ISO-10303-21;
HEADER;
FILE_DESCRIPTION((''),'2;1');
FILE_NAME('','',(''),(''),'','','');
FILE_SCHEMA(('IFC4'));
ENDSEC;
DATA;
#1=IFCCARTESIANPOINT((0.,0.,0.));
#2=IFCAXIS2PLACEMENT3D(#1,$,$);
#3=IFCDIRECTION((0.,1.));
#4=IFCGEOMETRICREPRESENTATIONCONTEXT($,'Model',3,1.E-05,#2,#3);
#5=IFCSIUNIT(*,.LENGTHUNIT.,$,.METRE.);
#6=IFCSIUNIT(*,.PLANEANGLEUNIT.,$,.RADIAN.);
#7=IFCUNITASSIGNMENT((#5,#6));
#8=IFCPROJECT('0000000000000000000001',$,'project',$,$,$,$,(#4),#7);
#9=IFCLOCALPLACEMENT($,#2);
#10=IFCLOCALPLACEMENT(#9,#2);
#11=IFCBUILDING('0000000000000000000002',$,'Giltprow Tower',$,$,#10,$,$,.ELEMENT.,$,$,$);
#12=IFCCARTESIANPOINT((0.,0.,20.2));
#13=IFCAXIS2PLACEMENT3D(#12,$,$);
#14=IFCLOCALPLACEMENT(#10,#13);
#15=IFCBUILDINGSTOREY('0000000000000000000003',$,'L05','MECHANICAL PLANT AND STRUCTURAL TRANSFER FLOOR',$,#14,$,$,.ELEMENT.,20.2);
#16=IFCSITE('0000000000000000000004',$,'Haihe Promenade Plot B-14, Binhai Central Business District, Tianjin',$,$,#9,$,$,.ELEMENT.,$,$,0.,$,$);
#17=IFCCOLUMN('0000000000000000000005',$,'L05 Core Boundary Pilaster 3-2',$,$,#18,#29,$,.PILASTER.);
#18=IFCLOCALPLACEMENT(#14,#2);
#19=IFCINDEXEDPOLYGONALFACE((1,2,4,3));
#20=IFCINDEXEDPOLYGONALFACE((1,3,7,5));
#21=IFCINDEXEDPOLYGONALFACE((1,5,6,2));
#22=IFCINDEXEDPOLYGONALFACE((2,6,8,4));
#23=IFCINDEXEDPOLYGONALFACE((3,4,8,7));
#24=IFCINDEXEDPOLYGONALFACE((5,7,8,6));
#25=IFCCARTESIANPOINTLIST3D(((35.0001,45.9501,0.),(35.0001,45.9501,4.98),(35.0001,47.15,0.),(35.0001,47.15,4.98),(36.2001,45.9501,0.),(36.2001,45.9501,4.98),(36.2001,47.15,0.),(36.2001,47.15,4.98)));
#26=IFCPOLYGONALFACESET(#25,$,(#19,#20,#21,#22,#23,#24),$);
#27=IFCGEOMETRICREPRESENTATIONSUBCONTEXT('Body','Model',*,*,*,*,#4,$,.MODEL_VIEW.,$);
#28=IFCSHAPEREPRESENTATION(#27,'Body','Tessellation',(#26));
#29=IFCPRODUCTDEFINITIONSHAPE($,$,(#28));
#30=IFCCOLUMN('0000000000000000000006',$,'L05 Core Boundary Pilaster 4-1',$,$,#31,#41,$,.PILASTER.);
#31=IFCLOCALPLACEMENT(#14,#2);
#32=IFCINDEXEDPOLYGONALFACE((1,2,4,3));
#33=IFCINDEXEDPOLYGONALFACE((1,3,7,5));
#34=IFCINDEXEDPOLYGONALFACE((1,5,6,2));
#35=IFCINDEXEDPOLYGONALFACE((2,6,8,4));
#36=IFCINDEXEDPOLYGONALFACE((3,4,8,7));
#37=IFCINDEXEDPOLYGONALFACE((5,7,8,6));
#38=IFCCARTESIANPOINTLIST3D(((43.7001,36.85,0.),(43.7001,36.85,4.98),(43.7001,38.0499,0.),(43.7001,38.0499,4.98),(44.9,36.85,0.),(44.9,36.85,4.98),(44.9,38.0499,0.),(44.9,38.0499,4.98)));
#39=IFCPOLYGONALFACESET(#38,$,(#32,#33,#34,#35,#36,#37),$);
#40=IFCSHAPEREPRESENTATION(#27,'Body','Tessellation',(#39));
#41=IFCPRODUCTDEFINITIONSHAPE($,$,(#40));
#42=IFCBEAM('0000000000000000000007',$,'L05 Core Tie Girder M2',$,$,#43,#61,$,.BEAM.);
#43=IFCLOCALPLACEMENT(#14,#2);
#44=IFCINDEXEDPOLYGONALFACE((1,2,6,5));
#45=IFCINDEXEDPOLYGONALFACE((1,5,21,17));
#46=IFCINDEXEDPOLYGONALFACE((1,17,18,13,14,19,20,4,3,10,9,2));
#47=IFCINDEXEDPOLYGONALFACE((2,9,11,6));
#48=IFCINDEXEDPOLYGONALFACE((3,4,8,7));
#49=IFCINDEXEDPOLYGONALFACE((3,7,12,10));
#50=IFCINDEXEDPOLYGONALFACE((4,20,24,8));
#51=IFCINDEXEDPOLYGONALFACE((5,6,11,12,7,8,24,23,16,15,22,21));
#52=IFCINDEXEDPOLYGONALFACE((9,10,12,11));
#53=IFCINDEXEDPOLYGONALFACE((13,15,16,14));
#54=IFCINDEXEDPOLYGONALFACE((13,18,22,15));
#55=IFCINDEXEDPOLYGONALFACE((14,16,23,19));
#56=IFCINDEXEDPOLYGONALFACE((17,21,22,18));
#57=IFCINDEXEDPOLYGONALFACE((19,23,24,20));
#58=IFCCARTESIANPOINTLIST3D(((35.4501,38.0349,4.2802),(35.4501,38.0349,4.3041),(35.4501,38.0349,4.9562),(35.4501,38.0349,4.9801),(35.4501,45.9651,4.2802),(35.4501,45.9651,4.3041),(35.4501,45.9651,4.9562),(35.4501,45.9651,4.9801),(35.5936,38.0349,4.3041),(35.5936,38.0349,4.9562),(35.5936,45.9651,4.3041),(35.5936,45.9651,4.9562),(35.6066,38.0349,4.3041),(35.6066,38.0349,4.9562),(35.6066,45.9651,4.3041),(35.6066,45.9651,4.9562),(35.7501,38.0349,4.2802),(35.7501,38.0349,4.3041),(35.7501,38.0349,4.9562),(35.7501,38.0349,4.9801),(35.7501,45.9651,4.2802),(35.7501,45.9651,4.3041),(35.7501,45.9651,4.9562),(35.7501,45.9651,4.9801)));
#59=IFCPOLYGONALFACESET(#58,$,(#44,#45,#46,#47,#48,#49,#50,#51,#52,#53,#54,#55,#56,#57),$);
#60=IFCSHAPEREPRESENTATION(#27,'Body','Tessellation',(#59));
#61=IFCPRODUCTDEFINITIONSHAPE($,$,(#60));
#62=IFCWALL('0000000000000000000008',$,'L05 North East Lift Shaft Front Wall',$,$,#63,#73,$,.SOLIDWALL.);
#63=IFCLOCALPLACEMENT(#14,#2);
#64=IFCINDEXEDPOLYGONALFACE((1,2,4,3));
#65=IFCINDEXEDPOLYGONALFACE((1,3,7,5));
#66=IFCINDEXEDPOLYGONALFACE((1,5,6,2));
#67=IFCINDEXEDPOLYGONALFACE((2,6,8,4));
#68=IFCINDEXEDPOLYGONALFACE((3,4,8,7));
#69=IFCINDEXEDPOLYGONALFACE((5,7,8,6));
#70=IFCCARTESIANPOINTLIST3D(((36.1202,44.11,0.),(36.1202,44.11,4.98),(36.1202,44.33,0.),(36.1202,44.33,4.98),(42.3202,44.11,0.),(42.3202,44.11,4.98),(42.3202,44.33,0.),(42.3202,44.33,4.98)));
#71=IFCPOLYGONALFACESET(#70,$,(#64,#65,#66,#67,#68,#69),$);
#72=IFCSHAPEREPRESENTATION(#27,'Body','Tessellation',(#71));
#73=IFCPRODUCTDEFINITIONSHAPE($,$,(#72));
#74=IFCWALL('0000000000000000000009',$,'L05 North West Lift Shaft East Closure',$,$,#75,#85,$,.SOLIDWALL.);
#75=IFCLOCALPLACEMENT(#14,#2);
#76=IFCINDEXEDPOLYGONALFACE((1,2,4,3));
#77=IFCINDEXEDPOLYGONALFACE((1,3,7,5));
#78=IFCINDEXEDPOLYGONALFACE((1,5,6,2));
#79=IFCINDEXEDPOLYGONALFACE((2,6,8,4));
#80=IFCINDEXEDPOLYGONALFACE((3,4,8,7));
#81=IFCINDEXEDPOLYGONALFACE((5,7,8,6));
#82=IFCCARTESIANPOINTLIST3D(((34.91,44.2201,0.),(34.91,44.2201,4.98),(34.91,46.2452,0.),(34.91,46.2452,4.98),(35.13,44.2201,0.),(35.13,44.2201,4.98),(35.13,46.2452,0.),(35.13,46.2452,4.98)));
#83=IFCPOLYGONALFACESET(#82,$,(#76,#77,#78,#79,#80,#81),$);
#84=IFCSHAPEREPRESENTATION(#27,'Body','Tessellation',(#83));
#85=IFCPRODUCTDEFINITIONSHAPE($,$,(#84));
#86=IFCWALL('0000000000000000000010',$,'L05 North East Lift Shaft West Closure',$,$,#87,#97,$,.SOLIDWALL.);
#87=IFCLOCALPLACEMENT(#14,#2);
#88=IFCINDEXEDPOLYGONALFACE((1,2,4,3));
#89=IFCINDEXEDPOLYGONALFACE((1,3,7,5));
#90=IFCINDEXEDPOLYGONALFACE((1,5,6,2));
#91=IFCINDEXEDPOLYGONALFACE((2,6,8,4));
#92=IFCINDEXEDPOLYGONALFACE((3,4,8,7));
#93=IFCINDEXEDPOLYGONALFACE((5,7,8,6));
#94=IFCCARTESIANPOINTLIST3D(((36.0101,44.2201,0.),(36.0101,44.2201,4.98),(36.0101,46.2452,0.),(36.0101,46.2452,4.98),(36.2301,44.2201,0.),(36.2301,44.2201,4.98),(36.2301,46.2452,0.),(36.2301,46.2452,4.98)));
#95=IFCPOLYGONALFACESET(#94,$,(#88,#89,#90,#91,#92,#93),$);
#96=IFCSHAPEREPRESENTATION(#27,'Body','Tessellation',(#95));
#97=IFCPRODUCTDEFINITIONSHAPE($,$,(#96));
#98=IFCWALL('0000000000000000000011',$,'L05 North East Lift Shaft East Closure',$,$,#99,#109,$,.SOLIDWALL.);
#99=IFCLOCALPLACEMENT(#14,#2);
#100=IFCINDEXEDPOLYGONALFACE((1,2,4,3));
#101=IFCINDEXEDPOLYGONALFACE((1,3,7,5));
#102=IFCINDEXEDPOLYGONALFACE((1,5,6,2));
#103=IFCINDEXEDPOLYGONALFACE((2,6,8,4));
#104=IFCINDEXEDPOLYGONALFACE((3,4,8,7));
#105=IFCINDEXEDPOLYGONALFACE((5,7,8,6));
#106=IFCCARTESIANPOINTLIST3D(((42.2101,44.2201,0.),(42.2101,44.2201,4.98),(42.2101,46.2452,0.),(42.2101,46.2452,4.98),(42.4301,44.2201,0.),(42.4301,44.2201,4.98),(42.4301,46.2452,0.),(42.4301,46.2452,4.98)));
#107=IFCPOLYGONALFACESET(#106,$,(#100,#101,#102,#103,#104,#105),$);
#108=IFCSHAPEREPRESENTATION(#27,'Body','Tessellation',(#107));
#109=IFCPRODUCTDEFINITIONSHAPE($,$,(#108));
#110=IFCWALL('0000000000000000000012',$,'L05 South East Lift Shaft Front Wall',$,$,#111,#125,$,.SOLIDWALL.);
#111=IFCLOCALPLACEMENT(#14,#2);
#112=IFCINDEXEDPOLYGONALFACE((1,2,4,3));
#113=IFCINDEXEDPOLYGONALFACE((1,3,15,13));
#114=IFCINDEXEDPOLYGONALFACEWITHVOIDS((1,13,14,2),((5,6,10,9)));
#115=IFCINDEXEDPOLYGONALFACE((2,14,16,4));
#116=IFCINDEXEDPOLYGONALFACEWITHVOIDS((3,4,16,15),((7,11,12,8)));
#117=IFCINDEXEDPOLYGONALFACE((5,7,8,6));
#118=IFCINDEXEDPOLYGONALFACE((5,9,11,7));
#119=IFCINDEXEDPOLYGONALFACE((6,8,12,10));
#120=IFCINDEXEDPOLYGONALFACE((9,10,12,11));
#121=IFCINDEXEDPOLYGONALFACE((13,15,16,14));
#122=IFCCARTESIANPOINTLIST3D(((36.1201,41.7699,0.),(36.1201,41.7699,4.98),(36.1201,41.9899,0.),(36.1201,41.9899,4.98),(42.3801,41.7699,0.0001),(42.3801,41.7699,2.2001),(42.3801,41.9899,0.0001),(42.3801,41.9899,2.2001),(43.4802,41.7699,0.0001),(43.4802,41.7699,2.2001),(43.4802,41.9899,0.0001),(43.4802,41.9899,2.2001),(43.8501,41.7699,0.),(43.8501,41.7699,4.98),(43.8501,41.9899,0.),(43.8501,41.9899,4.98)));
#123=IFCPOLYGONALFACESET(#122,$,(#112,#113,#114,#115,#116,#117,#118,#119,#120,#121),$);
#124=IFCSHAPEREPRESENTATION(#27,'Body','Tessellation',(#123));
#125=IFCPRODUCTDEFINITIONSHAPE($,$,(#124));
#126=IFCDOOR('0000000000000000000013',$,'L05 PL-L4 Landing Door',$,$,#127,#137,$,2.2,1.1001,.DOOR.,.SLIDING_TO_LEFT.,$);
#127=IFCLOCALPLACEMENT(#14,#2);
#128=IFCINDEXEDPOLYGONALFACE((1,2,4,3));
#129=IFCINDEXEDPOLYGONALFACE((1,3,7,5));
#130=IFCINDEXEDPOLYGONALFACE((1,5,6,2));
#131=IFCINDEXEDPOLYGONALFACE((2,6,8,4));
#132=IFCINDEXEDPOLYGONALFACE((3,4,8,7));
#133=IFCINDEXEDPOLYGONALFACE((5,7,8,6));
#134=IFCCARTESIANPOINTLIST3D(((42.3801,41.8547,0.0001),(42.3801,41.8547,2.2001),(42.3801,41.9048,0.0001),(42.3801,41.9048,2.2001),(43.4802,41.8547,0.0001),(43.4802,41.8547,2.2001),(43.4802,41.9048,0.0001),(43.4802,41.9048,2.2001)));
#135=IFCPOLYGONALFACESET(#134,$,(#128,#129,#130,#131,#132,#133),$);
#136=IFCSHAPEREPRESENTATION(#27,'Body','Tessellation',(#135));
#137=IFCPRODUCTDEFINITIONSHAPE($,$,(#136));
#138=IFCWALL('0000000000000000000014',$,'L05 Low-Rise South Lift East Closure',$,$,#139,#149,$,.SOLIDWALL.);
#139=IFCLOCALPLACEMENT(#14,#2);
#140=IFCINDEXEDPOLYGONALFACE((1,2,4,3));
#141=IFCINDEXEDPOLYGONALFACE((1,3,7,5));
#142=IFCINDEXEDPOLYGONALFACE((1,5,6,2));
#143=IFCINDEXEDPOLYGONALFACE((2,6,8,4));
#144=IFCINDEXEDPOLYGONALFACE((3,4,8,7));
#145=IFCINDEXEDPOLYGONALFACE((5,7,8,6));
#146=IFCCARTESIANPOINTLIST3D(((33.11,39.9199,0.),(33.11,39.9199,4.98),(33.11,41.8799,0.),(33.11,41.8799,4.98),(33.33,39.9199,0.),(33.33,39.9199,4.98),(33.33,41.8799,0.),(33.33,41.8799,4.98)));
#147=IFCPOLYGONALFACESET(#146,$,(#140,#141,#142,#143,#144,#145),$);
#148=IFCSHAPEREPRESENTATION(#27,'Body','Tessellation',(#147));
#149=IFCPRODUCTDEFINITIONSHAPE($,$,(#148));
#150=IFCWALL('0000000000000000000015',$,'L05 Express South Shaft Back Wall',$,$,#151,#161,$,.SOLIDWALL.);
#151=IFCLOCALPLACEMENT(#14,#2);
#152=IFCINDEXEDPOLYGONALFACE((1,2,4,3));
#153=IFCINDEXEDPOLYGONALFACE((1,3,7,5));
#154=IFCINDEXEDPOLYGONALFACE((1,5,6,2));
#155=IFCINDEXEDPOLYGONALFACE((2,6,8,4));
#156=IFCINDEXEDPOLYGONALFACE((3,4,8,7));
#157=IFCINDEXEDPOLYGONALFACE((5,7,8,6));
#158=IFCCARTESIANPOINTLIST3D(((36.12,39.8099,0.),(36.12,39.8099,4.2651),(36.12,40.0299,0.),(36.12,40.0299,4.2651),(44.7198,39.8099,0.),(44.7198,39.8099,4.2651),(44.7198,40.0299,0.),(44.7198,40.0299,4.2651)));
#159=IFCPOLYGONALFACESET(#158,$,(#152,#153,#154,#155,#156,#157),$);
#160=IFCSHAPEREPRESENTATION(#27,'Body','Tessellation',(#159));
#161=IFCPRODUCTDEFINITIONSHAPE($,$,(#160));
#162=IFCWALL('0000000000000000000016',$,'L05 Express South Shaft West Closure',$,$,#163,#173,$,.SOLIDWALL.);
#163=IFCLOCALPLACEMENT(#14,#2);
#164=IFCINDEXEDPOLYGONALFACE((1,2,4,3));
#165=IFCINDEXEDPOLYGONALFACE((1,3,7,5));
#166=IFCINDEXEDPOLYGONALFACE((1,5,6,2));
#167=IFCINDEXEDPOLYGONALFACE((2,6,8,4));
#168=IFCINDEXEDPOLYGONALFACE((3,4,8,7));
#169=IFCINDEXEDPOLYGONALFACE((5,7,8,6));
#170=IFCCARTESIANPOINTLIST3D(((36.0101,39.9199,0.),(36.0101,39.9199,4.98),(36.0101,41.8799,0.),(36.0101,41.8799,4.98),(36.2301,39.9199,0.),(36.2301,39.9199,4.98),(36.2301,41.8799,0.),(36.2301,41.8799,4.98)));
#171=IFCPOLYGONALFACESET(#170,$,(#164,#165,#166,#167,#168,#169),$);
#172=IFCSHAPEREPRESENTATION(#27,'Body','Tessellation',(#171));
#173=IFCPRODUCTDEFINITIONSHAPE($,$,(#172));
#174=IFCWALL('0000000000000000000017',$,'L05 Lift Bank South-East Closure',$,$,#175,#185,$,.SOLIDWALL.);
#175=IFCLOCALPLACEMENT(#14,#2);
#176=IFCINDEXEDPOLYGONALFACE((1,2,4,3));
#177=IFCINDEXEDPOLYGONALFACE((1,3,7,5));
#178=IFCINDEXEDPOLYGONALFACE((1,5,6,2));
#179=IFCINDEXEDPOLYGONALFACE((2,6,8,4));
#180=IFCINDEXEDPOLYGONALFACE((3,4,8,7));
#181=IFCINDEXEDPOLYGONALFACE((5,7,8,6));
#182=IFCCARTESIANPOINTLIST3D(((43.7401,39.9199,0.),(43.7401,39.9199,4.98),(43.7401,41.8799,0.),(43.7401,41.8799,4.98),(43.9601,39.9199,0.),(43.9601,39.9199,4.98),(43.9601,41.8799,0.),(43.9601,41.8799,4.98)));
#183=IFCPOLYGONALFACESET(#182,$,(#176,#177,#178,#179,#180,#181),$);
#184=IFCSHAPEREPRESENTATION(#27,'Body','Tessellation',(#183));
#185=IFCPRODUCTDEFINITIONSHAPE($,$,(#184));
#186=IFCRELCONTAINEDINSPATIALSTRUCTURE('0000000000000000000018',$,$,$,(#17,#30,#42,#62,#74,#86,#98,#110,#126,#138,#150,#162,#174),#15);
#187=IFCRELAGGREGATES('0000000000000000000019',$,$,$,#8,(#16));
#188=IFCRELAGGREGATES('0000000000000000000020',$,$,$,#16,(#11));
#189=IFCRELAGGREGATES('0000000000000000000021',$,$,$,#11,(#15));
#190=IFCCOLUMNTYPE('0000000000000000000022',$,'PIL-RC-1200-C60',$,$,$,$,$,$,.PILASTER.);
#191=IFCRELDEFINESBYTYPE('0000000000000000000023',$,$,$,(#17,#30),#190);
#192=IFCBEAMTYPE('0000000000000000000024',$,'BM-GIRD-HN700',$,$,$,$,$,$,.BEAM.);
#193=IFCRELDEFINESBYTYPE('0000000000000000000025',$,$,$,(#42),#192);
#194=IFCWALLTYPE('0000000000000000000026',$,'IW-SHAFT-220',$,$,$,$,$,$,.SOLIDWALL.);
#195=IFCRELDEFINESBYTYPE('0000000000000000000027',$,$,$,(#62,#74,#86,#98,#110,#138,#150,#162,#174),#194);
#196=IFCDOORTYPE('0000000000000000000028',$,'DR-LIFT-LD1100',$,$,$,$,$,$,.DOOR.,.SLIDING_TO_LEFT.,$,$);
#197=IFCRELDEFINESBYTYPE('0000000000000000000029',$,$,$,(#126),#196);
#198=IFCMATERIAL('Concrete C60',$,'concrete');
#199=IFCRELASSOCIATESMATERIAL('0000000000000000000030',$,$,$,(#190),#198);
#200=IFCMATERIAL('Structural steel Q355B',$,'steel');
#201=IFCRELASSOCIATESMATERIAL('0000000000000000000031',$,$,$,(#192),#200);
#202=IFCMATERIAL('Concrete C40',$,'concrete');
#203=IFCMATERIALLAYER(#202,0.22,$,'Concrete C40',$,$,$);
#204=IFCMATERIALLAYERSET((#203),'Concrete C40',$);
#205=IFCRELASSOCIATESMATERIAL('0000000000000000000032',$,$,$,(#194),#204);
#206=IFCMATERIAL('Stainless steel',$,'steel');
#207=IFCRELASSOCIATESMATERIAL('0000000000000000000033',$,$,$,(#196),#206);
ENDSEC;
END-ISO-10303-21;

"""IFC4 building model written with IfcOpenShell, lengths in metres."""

from ifc_helpers import new_model, si_unit, direction, frame, frame_2d, origin, origin_2d, place, context, subcontext, project, spatial, rectangle, i_section, extrude, source, transform, mapped, material, layer, layer_set, material_profile, profile_set, type_object, element, fill, save


model = new_model("IFC4")

# Units and contexts
model_context = context("Model", 3, precision=1e-05, world=origin(), true_north=direction((0.0, 1.0)))
body_context = subcontext(model_context, "Body", "Model", "MODEL_VIEW")
ifc_project = project(units=[si_unit("LENGTHUNIT", "METRE"), si_unit("PLANEANGLEUNIT", "RADIAN")], contexts=[model_context])

# Site, building, storey
site_placement = place(None, origin())
site = spatial("IfcSite", under=ifc_project, at=site_placement, Name="Haihe Promenade Plot B-14, Binhai Central Business District, Tianjin", CompositionType="ELEMENT", RefElevation=0.0)
building_placement = place(site_placement, origin())
building = spatial("IfcBuilding", under=site, at=building_placement, Name="Giltprow Tower", CompositionType="ELEMENT")
storey_placement = place(building_placement, frame((0.0, 0.0, 20.2)))
storey = spatial("IfcBuildingStorey", under=building, at=storey_placement, Name="L05", Description="MECHANICAL PLANT AND STRUCTURAL TRANSFER FLOOR", CompositionType="ELEMENT", Elevation=20.2)

# Columns
ifc_material_1 = material(Name="Concrete C60", Category="concrete")
ifc_material_profile_1 = material_profile(ifc_material_1, rectangle(XDim=1.2, YDim=1.2, at=origin_2d()), Name="RC 1200x1200")
ifc_profile_set_1 = profile_set([ifc_material_profile_1], Name="Concrete C60")
column_type = type_object("IfcColumnType", Name="PIL-RC-1200-C60", PredefinedType="PILASTER", material=ifc_profile_set_1)
shared_shape_1 = source(origin(), body_context, "Body", "SweptSolid", [
    extrude(rectangle(XDim=1.2, YDim=1.2, at=origin_2d()), origin(), (0.0, 0.0, 1.0), 4.98),
])
for number, where, z_axis, x_axis, name in (
    (1, (35.6001, 46.55, 0.0), (0.0, 0.0, 1.0), (1.0, 0.0, 0.0), "L05 Core Boundary Pilaster 3-2"),
    (2, (44.3, 37.45, 0.0), (0.0, 0.0, 1.0), (1.0, 0.0, 0.0), "L05 Core Boundary Pilaster 4-1"),
):
    element("IfcColumn", number, at=place(storey_placement, frame(where, z_axis=z_axis, x_axis=x_axis)), inside=storey, type_object=column_type, Name=name, PredefinedType="PILASTER", context=body_context, shape_type="MappedRepresentation", body=[
        mapped(shared_shape_1, transform((0.0, 0.0, 0.0), x_axis=(1.0, 0.0, 0.0), y_axis=(0.0, 1.0, 0.0), z_axis=(0.0, 0.0, 1.0), scale=1.0)),
    ])

# Beam
ifc_material_2 = material(Name="Structural steel Q355B", Category="steel")
ifc_material_profile_2 = material_profile(ifc_material_2, i_section(OverallWidth=0.3, OverallDepth=0.7, WebThickness=0.0129, FlangeThickness=0.0239, at=origin_2d()), Name="HN 700x300x13x24")
ifc_profile_set_2 = profile_set([ifc_material_profile_2], Name="Structural steel Q355B")
beam_type = type_object("IfcBeamType", Name="BM-GIRD-HN700", PredefinedType="BEAM", material=ifc_profile_set_2)
shared_shape_2 = source(origin(), body_context, "Body", "SweptSolid", [
    extrude(i_section(OverallWidth=0.3, OverallDepth=0.7, WebThickness=0.0129, FlangeThickness=0.0239, at=origin_2d()), origin(), (0.0, 0.0, 1.0), 7.9302),
])
beam_placement = place(storey_placement, frame((35.6001, 38.0349, 4.6301), z_axis=(0.0, 1.0, 0.0), x_axis=(-1.0, 0.0, 0.0)))
element("IfcBeam", 3, at=beam_placement, inside=storey, type_object=beam_type, Name="L05 Core Tie Girder M2", PredefinedType="BEAM", context=body_context, shape_type="MappedRepresentation", body=[
    mapped(shared_shape_2, transform((0.0, 0.0, 0.0), x_axis=(1.0, 0.0, 0.0), y_axis=(0.0, 1.0, 0.0), z_axis=(0.0, 0.0, 1.0), scale=1.0)),
])

# Walls
ifc_material_3 = material(Name="Concrete C40", Category="concrete")
ifc_layer_1 = layer(ifc_material_3, 0.22, Name="Concrete C40")
ifc_layer_set_1 = layer_set([ifc_layer_1], Name="Concrete C40")
wall_type_1 = type_object("IfcWallType", Name="IW-SHAFT-220", PredefinedType="SOLIDWALL", material=ifc_layer_set_1)
wall_1_placement = place(storey_placement, frame((36.1201, 44.22, 0.0), z_axis=(0.0, 0.0, 1.0), x_axis=(1.0, 0.0, 0.0)))
element("IfcWall", 4, at=wall_1_placement, inside=storey, type_object=wall_type_1, Name="L05 North East Lift Shaft Front Wall", PredefinedType="SOLIDWALL", context=body_context, shape_type="SweptSolid", body=[
    extrude(rectangle(XDim=6.2, YDim=0.22, at=frame_2d((3.1001, 0.0))), origin(), (0.0, 0.0, 1.0), 4.98),
])
for number, where, z_axis, x_axis, name in (
    (5, (35.02, 44.22, 0.0), (0.0, 0.0, 1.0), (0.0, 1.0, 0.0), "L05 North West Lift Shaft East Closure"),
    (6, (36.1201, 44.22, 0.0), (0.0, 0.0, 1.0), (0.0, 1.0, 0.0), "L05 North East Lift Shaft West Closure"),
    (7, (42.3201, 44.22, 0.0), (0.0, 0.0, 1.0), (0.0, 1.0, 0.0), "L05 North East Lift Shaft East Closure"),
):
    element("IfcWall", number, at=place(storey_placement, frame(where, z_axis=z_axis, x_axis=x_axis)), inside=storey, type_object=wall_type_1, Name=name, PredefinedType="SOLIDWALL", context=body_context, shape_type="SweptSolid", body=[
        extrude(rectangle(XDim=2.0251, YDim=0.22, at=frame_2d((1.0127, 0.0))), origin(), (0.0, 0.0, 1.0), 4.98),
    ])

# Wall, opening, door
wall_2_placement = place(storey_placement, frame((36.1201, 41.8799, 0.0), z_axis=(0.0, 0.0, 1.0), x_axis=(1.0, 0.0, 0.0)))
wall_2 = element("IfcWall", 8, at=wall_2_placement, inside=storey, type_object=wall_type_1, Name="L05 South East Lift Shaft Front Wall", PredefinedType="SOLIDWALL", context=body_context, shape_type="SweptSolid", body=[
    extrude(rectangle(XDim=7.73, YDim=0.22, at=frame_2d((3.865, 0.0))), origin(), (0.0, 0.0, 1.0), 4.98),
])
opening_1_placement = place(wall_2_placement, frame((6.26, 0.0, 0.0)))
opening_1 = element("IfcOpeningElement", 9, at=opening_1_placement, cuts=wall_2, PredefinedType="OPENING", context=body_context, shape_type="SweptSolid", body=[
    extrude(rectangle(XDim=1.1001, YDim=2.2, at=frame_2d((0.55, 1.1001))), frame((0.0, 0.1199, 0.0), z_axis=(0.0, -1.0, 0.0), x_axis=(1.0, 0.0, 0.0)), (0.0, 0.0, 1.0), 0.24),
])
ifc_material_4 = material(Name="Stainless steel", Category="steel")
door_type_1 = type_object("IfcDoorType", Name="DR-LIFT-LD1100", OperationType="SLIDING_TO_LEFT", PredefinedType="DOOR", material=ifc_material_4)
shared_shape_3 = source(origin(), body_context, "Body", "SweptSolid", [
    extrude(rectangle(XDim=1.1001, YDim=2.2, at=frame_2d((0.55, 1.1001))), frame((0.0, 0.0249, 0.0), z_axis=(0.0, -1.0, 0.0), x_axis=(1.0, 0.0, 0.0)), (0.0, 0.0, 1.0), 0.05),
])
door_1_placement = place(opening_1_placement, origin())
door_1 = element("IfcDoor", 10, at=door_1_placement, inside=storey, type_object=door_type_1, Name="L05 PL-L4 Landing Door", OperationType="SLIDING_TO_LEFT", OverallHeight=2.2, OverallWidth=1.1001, PredefinedType="DOOR", context=body_context, shape_type="MappedRepresentation", body=[
    mapped(shared_shape_3, transform((0.0, 0.0, 0.0), x_axis=(1.0, 0.0, 0.0), y_axis=(0.0, 1.0, 0.0), z_axis=(0.0, 0.0, 1.0), scale=1.0)),
])
fill(opening_1, door_1)

# Walls
wall_3_placement = place(storey_placement, frame((33.22, 39.9199, 0.0), z_axis=(0.0, 0.0, 1.0), x_axis=(0.0, 1.0, 0.0)))
element("IfcWall", 11, at=wall_3_placement, inside=storey, type_object=wall_type_1, Name="L05 Low-Rise South Lift East Closure", PredefinedType="SOLIDWALL", context=body_context, shape_type="SweptSolid", body=[
    extrude(rectangle(XDim=1.96, YDim=0.22, at=frame_2d((0.98, 0.0))), origin(), (0.0, 0.0, 1.0), 4.98),
])
wall_4_placement = place(storey_placement, frame((36.1201, 39.9199, 0.0), z_axis=(0.0, 0.0, 1.0), x_axis=(1.0, 0.0, 0.0)))
element("IfcWall", 12, at=wall_4_placement, inside=storey, type_object=wall_type_1, Name="L05 Express South Shaft Back Wall", PredefinedType="SOLIDWALL", context=body_context, shape_type="SweptSolid", body=[
    extrude(rectangle(XDim=8.5999, YDim=0.22, at=frame_2d((4.2998, 0.0))), origin(), (0.0, 0.0, 1.0), 4.2651),
])
for number, where, z_axis, x_axis, name in (
    (13, (36.1201, 39.9199, 0.0), (0.0, 0.0, 1.0), (0.0, 1.0, 0.0), "L05 Express South Shaft West Closure"),
    (14, (43.8501, 39.9199, 0.0), (0.0, 0.0, 1.0), (0.0, 1.0, 0.0), "L05 Lift Bank South-East Closure"),
):
    element("IfcWall", number, at=place(storey_placement, frame(where, z_axis=z_axis, x_axis=x_axis)), inside=storey, type_object=wall_type_1, Name=name, PredefinedType="SOLIDWALL", context=body_context, shape_type="SweptSolid", body=[
        extrude(rectangle(XDim=1.96, YDim=0.22, at=frame_2d((0.98, 0.0))), origin(), (0.0, 0.0, 1.0), 4.98),
    ])

save(model, "model.ifc")
